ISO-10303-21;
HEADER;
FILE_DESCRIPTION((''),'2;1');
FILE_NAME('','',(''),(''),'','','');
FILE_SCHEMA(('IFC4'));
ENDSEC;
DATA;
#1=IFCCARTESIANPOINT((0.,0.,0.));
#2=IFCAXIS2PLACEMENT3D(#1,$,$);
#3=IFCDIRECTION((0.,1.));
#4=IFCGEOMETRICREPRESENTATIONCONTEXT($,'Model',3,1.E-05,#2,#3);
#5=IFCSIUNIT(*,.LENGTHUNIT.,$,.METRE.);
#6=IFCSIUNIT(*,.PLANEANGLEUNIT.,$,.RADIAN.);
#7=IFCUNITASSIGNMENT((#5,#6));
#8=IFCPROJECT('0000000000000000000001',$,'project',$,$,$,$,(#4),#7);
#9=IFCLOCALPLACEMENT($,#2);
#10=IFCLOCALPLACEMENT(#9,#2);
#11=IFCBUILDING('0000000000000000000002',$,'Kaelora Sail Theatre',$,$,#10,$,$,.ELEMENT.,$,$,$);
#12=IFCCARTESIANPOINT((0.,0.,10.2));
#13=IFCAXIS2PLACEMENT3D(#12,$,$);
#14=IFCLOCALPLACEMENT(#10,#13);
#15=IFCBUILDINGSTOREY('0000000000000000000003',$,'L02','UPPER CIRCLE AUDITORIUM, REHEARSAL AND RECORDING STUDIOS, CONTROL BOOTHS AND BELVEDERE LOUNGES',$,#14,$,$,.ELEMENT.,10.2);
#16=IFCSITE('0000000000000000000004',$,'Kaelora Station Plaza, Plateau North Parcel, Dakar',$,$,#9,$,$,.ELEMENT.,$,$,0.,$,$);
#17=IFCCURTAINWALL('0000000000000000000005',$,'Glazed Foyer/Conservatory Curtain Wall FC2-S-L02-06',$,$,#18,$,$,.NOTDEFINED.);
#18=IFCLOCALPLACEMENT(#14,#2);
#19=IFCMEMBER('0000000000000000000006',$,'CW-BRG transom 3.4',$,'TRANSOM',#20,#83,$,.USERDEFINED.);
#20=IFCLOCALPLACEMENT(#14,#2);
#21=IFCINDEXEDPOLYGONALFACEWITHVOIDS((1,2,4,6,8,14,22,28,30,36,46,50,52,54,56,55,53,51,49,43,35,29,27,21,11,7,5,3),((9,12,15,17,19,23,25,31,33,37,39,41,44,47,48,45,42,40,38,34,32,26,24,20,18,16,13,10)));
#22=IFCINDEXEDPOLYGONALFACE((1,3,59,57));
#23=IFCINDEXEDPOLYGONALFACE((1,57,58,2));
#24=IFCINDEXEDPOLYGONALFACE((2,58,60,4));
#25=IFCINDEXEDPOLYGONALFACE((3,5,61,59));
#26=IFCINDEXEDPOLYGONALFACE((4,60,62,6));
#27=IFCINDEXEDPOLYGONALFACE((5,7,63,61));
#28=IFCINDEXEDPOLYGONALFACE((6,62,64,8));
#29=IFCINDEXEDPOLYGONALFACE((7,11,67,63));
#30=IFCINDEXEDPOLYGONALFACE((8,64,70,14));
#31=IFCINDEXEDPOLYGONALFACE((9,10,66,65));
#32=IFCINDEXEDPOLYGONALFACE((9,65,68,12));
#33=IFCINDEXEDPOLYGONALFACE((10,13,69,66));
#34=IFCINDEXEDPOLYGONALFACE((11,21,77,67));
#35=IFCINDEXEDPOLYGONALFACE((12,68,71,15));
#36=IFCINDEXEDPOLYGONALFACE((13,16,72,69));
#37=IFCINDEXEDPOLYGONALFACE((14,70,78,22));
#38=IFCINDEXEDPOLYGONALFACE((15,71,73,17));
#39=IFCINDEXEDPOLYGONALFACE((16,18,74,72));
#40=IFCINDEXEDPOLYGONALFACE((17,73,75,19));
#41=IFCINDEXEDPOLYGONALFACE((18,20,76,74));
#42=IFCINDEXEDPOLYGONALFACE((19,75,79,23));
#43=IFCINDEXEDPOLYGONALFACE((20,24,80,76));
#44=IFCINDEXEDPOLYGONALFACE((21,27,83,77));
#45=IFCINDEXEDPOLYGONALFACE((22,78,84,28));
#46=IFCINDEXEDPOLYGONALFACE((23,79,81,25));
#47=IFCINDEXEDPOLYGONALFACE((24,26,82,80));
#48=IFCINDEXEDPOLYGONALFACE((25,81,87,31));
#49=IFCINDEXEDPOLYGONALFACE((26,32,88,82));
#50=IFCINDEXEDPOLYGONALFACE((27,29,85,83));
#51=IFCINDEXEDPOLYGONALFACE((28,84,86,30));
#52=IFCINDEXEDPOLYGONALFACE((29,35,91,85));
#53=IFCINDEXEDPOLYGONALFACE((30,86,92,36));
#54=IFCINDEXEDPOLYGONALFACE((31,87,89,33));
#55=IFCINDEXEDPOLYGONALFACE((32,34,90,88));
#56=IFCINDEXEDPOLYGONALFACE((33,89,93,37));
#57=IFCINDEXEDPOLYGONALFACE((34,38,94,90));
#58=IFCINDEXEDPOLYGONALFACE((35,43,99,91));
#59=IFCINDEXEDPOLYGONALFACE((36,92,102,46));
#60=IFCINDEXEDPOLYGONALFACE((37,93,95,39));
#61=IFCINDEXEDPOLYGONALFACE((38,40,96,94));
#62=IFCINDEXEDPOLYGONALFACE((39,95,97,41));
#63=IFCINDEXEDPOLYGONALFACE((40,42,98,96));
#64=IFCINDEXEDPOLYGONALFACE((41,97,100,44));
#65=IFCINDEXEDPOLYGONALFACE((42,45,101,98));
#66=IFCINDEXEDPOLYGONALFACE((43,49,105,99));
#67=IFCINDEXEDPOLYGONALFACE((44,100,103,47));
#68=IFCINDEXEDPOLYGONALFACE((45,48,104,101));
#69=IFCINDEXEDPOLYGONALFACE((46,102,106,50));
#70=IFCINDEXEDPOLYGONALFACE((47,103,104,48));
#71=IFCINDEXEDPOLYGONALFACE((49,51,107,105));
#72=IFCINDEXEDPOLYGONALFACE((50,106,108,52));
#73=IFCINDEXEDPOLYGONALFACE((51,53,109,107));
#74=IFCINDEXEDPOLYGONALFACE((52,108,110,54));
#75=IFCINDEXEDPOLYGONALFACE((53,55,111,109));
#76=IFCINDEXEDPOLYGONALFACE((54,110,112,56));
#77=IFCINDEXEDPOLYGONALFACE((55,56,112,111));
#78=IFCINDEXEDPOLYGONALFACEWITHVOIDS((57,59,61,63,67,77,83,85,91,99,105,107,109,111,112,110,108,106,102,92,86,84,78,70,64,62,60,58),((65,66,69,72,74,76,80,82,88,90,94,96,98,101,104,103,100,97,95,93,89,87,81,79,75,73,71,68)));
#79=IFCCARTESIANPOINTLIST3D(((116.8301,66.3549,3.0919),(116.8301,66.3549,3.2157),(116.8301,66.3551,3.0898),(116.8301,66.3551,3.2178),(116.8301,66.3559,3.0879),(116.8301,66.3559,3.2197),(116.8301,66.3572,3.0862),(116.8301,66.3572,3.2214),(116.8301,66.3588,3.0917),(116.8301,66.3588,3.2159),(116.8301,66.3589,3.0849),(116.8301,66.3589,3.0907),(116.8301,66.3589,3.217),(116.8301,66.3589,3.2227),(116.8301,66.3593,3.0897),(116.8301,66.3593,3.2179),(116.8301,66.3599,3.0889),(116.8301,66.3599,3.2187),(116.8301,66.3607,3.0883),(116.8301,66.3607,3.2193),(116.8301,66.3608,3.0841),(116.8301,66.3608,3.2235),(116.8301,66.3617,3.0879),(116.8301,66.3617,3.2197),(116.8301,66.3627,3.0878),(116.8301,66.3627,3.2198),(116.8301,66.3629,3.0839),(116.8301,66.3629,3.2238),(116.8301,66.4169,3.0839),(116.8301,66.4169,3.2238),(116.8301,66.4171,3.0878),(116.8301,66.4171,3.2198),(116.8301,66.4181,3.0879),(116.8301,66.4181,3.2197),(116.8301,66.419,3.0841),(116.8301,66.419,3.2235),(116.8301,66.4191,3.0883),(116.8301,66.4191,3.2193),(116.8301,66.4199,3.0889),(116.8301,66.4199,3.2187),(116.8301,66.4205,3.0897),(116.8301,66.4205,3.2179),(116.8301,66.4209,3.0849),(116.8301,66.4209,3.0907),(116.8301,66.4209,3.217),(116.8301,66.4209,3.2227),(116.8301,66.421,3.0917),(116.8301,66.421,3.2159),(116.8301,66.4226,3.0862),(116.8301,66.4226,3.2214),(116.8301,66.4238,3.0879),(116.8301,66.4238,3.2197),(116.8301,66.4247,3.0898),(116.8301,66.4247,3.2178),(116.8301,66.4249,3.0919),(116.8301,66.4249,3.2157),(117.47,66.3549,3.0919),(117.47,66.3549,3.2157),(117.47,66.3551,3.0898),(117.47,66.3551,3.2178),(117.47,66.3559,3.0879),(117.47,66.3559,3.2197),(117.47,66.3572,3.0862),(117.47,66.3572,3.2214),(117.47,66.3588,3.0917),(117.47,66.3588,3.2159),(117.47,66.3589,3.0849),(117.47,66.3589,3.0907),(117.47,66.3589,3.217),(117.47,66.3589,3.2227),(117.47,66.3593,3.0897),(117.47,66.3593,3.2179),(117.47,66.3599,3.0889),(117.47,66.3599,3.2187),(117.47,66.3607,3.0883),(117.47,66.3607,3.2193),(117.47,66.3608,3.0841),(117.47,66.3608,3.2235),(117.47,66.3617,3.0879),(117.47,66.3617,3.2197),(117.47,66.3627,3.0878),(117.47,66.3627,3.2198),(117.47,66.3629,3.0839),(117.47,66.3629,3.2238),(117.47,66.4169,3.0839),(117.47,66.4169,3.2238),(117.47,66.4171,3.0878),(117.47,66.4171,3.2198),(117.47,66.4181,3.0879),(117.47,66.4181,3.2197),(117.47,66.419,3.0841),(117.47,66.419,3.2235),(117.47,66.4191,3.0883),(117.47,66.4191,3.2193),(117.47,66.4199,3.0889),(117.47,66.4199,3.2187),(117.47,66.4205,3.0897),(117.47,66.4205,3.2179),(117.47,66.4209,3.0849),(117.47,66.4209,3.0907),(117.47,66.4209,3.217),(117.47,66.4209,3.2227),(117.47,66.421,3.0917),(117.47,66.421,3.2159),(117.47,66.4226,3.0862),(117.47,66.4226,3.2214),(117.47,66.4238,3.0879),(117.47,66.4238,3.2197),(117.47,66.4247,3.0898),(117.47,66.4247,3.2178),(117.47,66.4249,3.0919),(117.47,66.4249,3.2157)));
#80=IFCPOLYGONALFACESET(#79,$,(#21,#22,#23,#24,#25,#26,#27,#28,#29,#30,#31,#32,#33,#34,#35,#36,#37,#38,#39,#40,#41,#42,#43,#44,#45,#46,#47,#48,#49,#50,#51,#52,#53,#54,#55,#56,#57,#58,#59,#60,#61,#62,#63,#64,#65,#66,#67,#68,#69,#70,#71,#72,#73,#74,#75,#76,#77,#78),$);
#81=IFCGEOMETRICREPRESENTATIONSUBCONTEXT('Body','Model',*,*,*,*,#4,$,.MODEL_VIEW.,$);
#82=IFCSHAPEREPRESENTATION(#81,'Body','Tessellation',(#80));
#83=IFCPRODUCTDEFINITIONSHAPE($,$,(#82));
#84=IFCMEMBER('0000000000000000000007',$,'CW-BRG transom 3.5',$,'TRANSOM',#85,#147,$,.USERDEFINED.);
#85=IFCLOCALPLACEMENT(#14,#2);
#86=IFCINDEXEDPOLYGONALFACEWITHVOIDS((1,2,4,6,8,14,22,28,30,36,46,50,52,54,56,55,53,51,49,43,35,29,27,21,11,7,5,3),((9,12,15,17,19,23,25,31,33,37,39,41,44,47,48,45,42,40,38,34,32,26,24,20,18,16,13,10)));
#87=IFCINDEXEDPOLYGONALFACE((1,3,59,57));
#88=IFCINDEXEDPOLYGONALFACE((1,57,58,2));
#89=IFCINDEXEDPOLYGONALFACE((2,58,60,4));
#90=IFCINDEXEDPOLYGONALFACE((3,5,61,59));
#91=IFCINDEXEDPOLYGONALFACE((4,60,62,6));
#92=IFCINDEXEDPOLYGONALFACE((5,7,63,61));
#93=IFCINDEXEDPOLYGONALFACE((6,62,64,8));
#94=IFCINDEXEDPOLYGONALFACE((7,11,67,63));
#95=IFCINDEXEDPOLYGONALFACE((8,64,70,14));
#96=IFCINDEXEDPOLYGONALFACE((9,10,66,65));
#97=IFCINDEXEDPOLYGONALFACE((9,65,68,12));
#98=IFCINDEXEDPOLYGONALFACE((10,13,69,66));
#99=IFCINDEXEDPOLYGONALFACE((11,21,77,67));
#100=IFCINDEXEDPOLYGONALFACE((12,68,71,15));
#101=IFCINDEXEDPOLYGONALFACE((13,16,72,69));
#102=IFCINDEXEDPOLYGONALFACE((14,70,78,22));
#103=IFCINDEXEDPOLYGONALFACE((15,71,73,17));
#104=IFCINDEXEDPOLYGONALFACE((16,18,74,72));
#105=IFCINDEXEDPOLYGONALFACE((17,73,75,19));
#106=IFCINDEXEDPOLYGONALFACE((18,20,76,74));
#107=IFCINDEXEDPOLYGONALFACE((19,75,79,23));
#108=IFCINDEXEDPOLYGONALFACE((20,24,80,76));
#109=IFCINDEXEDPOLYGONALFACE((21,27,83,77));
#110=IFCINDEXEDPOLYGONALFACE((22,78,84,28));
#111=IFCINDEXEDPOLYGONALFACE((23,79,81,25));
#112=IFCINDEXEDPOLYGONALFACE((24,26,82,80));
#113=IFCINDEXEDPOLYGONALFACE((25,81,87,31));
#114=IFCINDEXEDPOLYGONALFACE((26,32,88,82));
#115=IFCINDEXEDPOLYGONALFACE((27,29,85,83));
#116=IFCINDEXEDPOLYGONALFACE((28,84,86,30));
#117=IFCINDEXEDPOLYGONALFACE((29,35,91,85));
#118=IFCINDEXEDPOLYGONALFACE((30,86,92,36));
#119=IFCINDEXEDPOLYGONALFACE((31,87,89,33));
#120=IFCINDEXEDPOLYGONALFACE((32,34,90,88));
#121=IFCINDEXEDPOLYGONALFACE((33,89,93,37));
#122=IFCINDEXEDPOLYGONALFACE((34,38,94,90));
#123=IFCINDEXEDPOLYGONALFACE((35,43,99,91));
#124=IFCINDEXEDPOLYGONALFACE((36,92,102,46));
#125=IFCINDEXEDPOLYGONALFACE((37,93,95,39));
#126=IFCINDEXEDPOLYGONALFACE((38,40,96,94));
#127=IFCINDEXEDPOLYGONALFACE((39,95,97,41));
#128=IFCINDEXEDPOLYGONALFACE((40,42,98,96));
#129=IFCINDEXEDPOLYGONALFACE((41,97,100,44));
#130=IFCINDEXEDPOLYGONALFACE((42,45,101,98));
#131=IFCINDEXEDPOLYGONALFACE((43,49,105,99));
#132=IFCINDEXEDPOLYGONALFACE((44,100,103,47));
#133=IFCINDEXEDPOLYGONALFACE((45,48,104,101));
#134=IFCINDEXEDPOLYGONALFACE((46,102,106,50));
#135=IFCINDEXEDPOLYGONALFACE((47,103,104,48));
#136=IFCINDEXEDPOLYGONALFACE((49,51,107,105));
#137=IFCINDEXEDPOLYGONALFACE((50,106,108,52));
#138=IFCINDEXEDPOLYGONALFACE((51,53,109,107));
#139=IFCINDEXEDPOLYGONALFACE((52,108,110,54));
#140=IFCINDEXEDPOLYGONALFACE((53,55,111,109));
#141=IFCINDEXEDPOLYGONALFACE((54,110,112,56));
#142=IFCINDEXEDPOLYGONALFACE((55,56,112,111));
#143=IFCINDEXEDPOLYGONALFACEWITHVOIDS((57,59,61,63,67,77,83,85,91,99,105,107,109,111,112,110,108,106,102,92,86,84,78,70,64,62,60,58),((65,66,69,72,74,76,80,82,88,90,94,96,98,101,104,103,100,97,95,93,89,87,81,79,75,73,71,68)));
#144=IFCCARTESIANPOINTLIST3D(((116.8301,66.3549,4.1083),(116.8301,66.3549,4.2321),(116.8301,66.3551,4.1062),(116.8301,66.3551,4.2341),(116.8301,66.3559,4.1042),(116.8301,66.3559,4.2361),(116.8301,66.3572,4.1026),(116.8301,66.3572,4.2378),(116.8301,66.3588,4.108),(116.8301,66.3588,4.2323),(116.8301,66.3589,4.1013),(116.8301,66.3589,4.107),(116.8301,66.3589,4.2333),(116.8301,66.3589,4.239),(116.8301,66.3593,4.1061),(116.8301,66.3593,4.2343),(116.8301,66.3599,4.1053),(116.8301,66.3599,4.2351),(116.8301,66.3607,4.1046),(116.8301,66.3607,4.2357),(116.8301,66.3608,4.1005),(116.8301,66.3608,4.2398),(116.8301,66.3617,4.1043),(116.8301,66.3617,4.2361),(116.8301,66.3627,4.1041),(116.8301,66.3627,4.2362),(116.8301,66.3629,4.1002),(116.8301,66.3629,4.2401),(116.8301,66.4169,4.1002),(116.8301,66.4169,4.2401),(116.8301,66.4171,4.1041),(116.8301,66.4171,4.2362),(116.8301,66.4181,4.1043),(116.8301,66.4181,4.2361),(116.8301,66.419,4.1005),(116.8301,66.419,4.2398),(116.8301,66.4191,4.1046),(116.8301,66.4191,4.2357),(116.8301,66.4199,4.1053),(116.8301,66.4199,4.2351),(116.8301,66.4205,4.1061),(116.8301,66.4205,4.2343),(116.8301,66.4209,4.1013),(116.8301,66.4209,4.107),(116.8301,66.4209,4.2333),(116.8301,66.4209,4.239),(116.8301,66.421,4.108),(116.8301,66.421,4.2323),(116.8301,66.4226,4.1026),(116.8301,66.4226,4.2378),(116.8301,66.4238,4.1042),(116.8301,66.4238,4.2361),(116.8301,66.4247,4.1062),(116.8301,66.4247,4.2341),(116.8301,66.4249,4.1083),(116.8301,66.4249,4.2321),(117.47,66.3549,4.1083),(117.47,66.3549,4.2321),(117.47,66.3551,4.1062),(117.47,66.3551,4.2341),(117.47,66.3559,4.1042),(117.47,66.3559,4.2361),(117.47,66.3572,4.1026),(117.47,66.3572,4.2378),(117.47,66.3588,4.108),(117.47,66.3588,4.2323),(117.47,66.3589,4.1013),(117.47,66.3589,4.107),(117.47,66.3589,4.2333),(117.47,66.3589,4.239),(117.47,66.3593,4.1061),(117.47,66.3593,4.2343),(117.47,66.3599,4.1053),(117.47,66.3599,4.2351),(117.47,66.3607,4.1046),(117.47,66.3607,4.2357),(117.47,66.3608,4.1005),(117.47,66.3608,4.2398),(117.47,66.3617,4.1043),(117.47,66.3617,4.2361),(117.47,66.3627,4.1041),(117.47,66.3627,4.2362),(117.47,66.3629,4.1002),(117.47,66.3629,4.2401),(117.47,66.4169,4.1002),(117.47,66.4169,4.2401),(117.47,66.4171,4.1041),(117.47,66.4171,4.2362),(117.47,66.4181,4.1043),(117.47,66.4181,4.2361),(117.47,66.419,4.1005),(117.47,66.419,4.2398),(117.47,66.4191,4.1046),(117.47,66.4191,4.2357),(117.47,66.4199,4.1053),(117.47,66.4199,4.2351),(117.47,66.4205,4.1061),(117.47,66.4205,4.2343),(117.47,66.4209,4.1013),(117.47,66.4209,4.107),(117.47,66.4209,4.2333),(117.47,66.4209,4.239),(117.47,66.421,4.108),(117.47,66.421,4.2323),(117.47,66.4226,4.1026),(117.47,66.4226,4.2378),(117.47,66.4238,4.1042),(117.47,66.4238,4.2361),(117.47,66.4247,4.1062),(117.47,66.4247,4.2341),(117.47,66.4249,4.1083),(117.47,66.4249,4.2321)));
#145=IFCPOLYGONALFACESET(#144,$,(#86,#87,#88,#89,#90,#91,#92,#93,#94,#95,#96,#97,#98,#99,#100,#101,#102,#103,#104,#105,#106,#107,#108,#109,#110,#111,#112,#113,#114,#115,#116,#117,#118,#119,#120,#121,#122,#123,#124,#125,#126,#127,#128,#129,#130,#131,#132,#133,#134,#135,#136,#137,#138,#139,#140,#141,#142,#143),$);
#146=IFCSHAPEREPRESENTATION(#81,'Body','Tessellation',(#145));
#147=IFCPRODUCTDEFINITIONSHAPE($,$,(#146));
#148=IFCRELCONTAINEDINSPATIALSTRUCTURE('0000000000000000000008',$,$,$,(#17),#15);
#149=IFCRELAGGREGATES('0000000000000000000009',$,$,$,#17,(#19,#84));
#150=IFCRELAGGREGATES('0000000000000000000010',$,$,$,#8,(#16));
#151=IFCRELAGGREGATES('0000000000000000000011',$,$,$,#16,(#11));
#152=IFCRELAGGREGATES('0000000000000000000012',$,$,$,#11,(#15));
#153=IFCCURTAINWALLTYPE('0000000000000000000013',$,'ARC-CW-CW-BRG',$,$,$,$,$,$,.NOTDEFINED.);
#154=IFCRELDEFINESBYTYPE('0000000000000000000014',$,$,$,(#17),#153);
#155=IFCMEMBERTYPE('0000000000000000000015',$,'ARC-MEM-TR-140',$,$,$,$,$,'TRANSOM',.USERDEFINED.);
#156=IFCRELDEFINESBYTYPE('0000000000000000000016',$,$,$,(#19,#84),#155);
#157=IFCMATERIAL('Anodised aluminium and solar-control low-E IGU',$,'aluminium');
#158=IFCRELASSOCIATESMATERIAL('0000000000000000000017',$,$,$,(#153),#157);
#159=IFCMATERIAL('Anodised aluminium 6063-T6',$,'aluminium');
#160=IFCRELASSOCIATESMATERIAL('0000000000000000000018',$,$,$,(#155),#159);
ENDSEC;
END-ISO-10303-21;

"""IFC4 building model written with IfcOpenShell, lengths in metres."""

from ifc_helpers import new_model, si_unit, direction, frame, origin, origin_2d, place, context, subcontext, project, spatial, hollow_rectangle, extrude, material, material_profile, profile_set, type_object, element, aggregate, save


model = new_model("IFC4")

# Units and contexts
model_context = context("Model", 3, precision=1e-05, world=origin(), true_north=direction((0.0, 1.0)))
body_context = subcontext(model_context, "Body", "Model", "MODEL_VIEW")
ifc_project = project(units=[si_unit("LENGTHUNIT", "METRE"), si_unit("PLANEANGLEUNIT", "RADIAN")], contexts=[model_context])

# Site, building, storey
site_placement = place(None, origin())
site = spatial("IfcSite", under=ifc_project, at=site_placement, Name="Kaelora Station Plaza, Plateau North Parcel, Dakar", CompositionType="ELEMENT", RefElevation=0.0)
building_placement = place(site_placement, origin())
building = spatial("IfcBuilding", under=site, at=building_placement, Name="Kaelora Sail Theatre", CompositionType="ELEMENT")
storey_placement = place(building_placement, frame((0.0, 0.0, 10.2)))
storey = spatial("IfcBuildingStorey", under=building, at=storey_placement, Name="L02", Description="UPPER CIRCLE AUDITORIUM, REHEARSAL AND RECORDING STUDIOS, CONTROL BOOTHS AND BELVEDERE LOUNGES", CompositionType="ELEMENT", Elevation=10.2)

# Curtain wall, members
ifc_material_1 = material(Name="Anodised aluminium and solar-control low-E IGU", Category="aluminium")
curtain_wall_type = type_object("IfcCurtainWallType", Name="ARC-CW-CW-BRG", PredefinedType="NOTDEFINED", material=ifc_material_1)
curtain_wall_placement = place(storey_placement, origin())
curtain_wall = element("IfcCurtainWall", 1, at=curtain_wall_placement, inside=storey, type_object=curtain_wall_type, Name="Glazed Foyer/Conservatory Curtain Wall FC2-S-L02-06", PredefinedType="NOTDEFINED")
ifc_material_2 = material(Name="Anodised aluminium 6063-T6", Category="aluminium")
ifc_material_profile_1 = material_profile(ifc_material_2, hollow_rectangle(XDim=0.0701, YDim=0.1399, WallThickness=0.0039, InnerFilletRadius=0.0039, OuterFilletRadius=0.0081, at=origin_2d()), Name="ALU-TRAN 70x140x4")
ifc_profile_set_1 = profile_set([ifc_material_profile_1], Name="Anodised aluminium 6063-T6")
member_type_1 = type_object("IfcMemberType", Name="ARC-MEM-TR-140", ElementType="TRANSOM", PredefinedType="USERDEFINED", material=ifc_profile_set_1)
member_1_placement = place(storey_placement, frame((116.8301, 66.3899, 3.1538), z_axis=(1.0, 0.0, 0.0), x_axis=(0.0, 1.0, 0.0)))
member_1 = element("IfcMember", 2, at=member_1_placement, type_object=member_type_1, Name="CW-BRG transom 3.4", ObjectType="TRANSOM", PredefinedType="USERDEFINED", context=body_context, shape_type="SweptSolid", body=[
    extrude(hollow_rectangle(XDim=0.0701, YDim=0.1399, WallThickness=0.0039, InnerFilletRadius=0.0039, OuterFilletRadius=0.0081, at=origin_2d()), origin(), (0.0, 0.0, 1.0), 0.6399),
])
member_2_placement = place(storey_placement, frame((116.8301, 66.3899, 4.1702), z_axis=(1.0, 0.0, 0.0), x_axis=(0.0, 1.0, 0.0)))
member_2 = element("IfcMember", 3, at=member_2_placement, type_object=member_type_1, Name="CW-BRG transom 3.5", ObjectType="TRANSOM", PredefinedType="USERDEFINED", context=body_context, shape_type="SweptSolid", body=[
    extrude(hollow_rectangle(XDim=0.0701, YDim=0.1399, WallThickness=0.0039, InnerFilletRadius=0.0039, OuterFilletRadius=0.0081, at=origin_2d()), origin(), (0.0, 0.0, 1.0), 0.6399),
])

aggregate(curtain_wall, [member_1, member_2])

save(model, "model.ifc")
